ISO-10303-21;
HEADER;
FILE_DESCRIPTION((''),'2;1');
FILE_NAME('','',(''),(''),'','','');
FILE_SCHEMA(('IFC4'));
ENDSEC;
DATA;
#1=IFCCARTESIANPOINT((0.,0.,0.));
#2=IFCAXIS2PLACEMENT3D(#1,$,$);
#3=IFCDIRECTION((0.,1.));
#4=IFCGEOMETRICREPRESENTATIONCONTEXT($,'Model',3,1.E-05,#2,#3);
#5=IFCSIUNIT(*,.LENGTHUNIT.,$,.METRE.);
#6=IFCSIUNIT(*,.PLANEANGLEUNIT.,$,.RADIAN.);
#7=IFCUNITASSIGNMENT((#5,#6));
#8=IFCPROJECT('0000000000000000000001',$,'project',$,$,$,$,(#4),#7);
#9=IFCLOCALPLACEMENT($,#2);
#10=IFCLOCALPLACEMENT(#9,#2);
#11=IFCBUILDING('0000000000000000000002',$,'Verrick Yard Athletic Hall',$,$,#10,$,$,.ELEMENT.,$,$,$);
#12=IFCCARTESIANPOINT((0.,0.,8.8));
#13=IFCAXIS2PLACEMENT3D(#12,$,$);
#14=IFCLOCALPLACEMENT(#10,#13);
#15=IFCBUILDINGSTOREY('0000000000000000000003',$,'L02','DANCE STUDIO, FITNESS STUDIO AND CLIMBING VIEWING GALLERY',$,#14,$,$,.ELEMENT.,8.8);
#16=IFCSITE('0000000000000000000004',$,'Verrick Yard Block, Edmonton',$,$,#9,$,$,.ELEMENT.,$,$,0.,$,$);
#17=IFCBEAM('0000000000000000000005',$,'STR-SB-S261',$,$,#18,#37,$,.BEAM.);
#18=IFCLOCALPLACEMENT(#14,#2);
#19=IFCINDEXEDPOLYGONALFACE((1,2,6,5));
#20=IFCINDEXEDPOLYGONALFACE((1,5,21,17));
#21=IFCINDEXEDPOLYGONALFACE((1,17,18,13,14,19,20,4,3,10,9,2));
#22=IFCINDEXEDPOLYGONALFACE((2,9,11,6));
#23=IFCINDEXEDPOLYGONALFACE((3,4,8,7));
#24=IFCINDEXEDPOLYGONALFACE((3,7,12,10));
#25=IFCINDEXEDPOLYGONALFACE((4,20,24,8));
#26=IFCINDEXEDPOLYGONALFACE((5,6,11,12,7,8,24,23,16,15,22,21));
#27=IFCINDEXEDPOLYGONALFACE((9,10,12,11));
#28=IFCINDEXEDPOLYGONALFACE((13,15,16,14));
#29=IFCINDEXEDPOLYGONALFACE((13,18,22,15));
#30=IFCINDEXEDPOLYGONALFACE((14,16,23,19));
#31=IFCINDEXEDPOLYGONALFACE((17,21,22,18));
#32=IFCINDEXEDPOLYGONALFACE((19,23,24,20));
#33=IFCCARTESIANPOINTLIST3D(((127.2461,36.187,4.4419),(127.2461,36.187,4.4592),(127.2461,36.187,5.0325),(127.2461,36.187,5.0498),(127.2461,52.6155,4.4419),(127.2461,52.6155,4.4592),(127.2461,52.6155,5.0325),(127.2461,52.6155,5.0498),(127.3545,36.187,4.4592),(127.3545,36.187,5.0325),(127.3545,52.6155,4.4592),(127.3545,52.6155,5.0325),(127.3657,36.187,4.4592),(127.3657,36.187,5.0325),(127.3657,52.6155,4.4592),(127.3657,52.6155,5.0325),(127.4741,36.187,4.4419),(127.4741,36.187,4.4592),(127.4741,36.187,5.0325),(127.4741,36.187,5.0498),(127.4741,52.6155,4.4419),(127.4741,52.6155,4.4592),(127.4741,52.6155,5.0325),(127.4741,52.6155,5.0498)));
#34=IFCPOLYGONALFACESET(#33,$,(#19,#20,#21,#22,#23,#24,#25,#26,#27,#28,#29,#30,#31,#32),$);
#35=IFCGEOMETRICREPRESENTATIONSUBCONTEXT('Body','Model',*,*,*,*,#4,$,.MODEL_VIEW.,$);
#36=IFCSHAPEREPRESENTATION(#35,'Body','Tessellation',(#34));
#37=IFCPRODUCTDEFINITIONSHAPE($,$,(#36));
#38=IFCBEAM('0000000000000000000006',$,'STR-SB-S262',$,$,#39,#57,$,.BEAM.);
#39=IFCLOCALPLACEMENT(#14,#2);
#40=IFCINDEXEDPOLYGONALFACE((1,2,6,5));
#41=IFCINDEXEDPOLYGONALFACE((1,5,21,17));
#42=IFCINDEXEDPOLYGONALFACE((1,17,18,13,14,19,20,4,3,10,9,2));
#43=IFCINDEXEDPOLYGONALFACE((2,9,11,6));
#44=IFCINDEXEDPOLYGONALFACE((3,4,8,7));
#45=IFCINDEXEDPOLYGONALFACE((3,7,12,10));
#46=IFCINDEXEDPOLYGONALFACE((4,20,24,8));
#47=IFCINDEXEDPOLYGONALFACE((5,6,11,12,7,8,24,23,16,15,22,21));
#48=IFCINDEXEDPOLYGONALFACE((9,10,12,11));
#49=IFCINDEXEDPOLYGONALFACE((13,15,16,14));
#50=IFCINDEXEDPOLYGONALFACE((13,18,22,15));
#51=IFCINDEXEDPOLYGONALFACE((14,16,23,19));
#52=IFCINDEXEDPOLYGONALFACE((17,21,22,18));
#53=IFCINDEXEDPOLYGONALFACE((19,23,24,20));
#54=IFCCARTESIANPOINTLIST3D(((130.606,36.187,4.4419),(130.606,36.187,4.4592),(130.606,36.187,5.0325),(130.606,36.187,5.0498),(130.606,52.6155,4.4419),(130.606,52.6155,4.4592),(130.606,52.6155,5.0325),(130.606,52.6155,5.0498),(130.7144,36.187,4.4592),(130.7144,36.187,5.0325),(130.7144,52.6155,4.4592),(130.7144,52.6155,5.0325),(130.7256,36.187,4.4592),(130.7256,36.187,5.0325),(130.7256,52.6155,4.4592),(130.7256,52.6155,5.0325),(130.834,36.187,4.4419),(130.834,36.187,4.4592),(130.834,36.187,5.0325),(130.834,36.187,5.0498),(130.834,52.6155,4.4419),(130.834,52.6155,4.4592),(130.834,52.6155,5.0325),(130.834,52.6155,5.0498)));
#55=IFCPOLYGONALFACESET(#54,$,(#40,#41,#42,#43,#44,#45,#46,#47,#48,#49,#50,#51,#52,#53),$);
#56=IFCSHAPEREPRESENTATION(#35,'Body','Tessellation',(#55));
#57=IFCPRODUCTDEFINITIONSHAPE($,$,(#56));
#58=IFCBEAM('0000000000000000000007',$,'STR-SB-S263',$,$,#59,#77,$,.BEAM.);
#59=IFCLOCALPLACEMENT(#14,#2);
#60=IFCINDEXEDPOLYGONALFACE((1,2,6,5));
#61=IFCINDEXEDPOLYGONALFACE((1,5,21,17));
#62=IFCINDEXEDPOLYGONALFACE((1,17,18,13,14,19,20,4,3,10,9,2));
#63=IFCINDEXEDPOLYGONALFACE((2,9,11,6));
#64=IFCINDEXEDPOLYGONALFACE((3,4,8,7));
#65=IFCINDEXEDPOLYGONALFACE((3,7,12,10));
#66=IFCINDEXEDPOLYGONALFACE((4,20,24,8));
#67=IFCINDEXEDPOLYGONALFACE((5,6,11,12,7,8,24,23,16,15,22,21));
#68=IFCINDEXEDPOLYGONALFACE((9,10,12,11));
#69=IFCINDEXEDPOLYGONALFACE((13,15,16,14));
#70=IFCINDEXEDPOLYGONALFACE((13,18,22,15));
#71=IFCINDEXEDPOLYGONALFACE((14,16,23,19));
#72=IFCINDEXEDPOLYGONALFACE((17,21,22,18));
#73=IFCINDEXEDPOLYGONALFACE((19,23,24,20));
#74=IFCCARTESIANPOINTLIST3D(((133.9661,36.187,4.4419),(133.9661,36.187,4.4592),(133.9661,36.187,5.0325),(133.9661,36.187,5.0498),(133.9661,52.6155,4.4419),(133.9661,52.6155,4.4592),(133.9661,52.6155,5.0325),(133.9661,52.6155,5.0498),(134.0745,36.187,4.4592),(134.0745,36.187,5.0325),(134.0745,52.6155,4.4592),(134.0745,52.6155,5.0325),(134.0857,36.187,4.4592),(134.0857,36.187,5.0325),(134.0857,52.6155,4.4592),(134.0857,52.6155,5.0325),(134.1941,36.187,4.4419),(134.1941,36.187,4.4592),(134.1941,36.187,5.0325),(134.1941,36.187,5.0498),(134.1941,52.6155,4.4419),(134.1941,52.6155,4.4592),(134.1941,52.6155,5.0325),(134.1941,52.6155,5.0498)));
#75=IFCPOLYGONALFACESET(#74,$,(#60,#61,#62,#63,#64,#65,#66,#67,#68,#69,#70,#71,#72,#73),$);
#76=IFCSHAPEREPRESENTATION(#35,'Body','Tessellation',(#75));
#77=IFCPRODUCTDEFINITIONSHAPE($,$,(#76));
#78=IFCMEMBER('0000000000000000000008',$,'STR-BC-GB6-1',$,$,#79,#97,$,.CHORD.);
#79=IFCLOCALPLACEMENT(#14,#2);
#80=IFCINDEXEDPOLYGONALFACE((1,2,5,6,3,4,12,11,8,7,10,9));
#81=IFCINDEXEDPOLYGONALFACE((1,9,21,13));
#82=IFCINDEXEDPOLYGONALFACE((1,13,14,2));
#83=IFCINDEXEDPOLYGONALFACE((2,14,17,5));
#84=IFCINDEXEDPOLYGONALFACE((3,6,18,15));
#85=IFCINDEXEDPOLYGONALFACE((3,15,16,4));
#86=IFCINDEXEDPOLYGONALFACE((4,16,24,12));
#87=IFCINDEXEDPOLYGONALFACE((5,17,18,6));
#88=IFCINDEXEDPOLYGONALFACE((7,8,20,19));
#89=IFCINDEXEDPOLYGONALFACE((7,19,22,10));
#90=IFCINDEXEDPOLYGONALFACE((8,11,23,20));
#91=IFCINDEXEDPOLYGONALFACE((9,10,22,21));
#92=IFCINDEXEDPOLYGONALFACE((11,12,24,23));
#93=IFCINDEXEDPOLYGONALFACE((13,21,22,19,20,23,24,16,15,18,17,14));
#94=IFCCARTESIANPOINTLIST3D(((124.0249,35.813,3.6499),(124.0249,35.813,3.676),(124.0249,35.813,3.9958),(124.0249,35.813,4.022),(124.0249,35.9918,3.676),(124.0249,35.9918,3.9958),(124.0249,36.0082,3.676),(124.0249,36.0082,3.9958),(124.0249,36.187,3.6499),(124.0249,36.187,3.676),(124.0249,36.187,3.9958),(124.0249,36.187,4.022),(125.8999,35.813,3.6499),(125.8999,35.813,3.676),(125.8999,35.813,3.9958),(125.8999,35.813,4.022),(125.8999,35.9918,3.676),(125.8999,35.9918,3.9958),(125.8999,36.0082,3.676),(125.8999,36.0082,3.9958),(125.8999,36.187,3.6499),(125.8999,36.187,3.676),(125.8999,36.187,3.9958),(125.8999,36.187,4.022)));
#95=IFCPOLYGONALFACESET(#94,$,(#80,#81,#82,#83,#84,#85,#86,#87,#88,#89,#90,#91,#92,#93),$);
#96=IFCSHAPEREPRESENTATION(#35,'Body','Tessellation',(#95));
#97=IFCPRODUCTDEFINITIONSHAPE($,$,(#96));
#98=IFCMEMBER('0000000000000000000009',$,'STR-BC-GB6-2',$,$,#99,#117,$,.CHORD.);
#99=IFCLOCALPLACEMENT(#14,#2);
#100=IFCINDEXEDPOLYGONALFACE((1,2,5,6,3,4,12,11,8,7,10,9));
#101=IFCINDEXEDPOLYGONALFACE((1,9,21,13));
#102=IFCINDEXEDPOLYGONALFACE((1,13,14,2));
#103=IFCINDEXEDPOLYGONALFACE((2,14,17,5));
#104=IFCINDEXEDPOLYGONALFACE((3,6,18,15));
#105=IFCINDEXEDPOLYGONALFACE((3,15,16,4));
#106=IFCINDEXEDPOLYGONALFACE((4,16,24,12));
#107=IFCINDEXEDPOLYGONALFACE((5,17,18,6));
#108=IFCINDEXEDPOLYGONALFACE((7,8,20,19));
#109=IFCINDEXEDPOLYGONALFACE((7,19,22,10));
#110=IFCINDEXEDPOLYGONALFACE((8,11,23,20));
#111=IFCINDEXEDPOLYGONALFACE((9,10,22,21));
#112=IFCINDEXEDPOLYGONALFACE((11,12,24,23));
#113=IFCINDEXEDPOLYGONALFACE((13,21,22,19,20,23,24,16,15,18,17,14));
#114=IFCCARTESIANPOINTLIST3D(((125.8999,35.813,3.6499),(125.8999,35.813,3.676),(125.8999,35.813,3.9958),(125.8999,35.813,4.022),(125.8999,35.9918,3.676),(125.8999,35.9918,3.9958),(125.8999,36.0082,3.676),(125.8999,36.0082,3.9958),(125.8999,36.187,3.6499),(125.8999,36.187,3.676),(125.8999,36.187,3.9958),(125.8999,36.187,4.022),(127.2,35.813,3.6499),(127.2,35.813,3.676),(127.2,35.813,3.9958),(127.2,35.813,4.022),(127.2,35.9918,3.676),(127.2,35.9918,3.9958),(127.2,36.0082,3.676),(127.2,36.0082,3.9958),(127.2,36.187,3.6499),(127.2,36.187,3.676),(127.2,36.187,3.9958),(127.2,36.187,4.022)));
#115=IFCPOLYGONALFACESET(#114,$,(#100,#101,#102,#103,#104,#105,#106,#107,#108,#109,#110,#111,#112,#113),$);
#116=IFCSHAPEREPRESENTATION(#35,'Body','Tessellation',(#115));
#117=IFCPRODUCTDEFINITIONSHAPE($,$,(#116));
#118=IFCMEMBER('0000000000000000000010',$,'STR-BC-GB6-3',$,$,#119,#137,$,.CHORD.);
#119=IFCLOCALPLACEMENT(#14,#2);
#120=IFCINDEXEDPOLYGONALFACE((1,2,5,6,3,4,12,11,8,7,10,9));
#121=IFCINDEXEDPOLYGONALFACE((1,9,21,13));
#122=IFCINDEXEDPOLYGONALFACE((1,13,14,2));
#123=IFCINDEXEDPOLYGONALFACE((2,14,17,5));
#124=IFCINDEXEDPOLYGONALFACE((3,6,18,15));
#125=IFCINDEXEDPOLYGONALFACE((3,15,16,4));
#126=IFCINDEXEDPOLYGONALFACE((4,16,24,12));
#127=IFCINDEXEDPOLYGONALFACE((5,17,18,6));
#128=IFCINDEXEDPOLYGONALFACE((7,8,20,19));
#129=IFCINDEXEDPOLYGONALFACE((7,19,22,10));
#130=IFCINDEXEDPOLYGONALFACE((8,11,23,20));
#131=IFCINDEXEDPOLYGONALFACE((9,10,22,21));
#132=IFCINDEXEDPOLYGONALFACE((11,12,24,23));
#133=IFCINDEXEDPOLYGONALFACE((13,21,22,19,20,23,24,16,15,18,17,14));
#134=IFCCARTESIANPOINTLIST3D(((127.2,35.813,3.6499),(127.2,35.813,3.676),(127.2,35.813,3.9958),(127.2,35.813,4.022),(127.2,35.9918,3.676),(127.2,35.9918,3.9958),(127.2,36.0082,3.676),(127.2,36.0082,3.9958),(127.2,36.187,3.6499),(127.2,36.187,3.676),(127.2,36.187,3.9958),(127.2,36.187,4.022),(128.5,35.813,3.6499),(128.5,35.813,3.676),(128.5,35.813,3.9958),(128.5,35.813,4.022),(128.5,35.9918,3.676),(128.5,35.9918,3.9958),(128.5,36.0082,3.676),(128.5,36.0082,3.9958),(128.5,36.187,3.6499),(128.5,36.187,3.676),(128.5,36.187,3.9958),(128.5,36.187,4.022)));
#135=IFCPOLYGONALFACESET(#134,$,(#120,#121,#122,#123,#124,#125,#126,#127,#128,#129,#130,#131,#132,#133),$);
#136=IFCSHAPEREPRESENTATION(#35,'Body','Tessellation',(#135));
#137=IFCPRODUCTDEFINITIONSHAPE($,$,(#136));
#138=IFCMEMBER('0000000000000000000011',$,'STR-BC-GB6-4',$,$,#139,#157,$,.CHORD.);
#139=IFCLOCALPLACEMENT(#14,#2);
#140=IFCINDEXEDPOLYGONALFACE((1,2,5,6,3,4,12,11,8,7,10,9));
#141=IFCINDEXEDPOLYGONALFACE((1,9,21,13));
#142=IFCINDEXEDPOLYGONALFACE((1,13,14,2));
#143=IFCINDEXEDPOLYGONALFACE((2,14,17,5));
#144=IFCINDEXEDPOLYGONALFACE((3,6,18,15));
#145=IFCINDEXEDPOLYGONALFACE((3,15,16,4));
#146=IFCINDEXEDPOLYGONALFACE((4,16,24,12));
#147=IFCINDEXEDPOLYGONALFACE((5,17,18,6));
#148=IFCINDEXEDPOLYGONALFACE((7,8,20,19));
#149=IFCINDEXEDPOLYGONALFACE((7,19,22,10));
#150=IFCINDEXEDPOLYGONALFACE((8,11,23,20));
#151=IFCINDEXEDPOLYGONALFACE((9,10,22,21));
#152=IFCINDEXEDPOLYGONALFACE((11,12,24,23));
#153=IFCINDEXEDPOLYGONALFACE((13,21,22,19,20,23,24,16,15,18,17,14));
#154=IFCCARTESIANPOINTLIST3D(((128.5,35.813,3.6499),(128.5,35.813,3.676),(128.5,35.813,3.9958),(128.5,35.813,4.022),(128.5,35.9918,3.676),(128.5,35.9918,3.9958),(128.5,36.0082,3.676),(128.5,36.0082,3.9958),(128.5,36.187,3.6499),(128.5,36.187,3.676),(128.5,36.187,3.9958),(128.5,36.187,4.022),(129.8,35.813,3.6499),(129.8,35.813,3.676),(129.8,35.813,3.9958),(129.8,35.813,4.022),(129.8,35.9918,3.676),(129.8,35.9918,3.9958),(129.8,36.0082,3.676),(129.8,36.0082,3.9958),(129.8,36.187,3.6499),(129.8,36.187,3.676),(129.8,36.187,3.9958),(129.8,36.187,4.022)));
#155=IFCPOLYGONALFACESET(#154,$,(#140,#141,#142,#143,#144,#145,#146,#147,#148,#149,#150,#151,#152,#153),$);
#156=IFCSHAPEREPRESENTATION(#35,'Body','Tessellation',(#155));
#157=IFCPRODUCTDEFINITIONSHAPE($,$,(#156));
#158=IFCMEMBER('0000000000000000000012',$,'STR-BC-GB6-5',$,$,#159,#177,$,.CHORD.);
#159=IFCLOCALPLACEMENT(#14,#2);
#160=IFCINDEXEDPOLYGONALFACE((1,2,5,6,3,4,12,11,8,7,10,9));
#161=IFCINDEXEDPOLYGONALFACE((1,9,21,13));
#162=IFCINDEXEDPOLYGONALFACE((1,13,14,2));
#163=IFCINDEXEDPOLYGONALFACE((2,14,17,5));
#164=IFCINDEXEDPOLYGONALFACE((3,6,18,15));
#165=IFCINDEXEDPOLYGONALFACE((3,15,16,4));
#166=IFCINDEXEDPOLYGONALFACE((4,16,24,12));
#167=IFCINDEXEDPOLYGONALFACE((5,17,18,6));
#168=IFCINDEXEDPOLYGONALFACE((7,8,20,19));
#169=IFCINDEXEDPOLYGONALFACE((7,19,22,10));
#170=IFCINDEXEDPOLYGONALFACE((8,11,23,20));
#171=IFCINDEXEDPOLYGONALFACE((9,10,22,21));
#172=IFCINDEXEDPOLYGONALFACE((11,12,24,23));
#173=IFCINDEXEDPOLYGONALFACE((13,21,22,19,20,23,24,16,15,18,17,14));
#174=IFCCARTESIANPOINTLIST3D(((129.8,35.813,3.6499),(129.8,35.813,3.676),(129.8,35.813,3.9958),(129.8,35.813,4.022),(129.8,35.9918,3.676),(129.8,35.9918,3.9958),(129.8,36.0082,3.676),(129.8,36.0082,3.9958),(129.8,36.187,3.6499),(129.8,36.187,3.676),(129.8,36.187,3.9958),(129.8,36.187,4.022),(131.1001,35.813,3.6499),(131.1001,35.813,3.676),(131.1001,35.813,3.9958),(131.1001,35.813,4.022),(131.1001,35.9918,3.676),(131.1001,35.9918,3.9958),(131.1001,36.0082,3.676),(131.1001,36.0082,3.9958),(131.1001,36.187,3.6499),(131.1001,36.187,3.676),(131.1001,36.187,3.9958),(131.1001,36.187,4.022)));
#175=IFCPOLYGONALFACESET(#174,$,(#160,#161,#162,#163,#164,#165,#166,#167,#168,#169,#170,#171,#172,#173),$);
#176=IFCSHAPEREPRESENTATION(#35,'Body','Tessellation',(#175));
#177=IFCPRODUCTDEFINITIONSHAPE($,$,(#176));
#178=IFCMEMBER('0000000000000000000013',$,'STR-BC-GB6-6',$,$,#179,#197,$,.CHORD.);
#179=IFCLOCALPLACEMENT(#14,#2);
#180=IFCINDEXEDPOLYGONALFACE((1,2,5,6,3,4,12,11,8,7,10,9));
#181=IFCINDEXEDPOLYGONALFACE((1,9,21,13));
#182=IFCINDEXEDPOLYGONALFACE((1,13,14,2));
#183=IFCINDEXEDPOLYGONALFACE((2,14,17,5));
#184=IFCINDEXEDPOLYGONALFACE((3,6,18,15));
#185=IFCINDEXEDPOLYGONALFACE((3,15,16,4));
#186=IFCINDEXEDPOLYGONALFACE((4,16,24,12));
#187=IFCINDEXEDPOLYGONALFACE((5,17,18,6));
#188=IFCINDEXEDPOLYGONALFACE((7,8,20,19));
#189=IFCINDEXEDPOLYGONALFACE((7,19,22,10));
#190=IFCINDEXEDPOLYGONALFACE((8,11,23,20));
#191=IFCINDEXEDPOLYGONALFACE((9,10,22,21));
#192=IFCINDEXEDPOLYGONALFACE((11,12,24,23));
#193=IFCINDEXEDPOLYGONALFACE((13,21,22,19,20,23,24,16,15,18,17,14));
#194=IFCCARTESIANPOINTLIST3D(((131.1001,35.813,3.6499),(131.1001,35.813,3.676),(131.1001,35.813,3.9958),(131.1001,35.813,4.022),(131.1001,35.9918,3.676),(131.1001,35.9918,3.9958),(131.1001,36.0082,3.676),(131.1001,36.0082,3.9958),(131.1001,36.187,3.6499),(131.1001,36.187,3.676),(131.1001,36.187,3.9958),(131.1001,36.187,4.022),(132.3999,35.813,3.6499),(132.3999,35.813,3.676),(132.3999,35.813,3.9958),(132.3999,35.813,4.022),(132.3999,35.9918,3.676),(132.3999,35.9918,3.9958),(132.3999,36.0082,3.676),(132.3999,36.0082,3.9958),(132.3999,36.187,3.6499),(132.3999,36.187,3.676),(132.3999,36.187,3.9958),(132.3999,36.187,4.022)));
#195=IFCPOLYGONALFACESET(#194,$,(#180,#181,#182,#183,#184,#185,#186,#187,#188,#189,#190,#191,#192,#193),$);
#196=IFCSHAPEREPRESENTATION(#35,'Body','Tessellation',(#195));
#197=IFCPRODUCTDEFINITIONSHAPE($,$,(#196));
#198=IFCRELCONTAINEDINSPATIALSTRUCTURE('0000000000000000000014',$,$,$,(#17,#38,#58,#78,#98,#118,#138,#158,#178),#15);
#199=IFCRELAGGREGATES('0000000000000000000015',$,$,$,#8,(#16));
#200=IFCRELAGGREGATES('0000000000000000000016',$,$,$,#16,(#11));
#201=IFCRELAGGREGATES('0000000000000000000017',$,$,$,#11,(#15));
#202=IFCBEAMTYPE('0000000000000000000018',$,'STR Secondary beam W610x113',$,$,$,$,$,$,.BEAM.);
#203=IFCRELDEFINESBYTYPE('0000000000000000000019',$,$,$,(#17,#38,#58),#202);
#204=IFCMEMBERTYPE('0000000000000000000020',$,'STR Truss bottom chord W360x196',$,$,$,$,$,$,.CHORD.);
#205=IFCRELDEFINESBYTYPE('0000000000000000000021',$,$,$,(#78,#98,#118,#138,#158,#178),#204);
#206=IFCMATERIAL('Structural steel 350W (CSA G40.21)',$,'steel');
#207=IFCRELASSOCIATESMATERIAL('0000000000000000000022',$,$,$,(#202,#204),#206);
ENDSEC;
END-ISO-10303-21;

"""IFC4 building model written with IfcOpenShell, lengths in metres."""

from ifc_helpers import new_model, si_unit, direction, frame, origin, origin_2d, place, context, subcontext, project, spatial, i_section, extrude, material, material_profile, profile_set, type_object, element, save


model = new_model("IFC4")

# Units and contexts
model_context = context("Model", 3, precision=1e-05, world=origin(), true_north=direction((0.0, 1.0)))
body_context = subcontext(model_context, "Body", "Model", "MODEL_VIEW")
ifc_project = project(units=[si_unit("LENGTHUNIT", "METRE"), si_unit("PLANEANGLEUNIT", "RADIAN")], contexts=[model_context])

# Site, building, storey
site_placement = place(None, origin())
site = spatial("IfcSite", under=ifc_project, at=site_placement, Name="Verrick Yard Block, Edmonton", CompositionType="ELEMENT", RefElevation=0.0)
building_placement = place(site_placement, origin())
building = spatial("IfcBuilding", under=site, at=building_placement, Name="Verrick Yard Athletic Hall", CompositionType="ELEMENT")
storey_placement = place(building_placement, frame((0.0, 0.0, 8.8)))
storey = spatial("IfcBuildingStorey", under=building, at=storey_placement, Name="L02", Description="DANCE STUDIO, FITNESS STUDIO AND CLIMBING VIEWING GALLERY", CompositionType="ELEMENT", Elevation=8.8)

# Beams
ifc_material_1 = material(Name="Structural steel 350W (CSA G40.21)", Category="steel")
ifc_material_profile_1 = material_profile(ifc_material_1, i_section(OverallWidth=0.228, OverallDepth=0.6079, WebThickness=0.0112, FlangeThickness=0.0173, at=origin_2d()), Name="W610x113")
ifc_profile_set_1 = profile_set([ifc_material_profile_1], Name="Structural steel 350W (CSA G40.21)")
beam_type = type_object("IfcBeamType", Name="STR Secondary beam W610x113", PredefinedType="BEAM", material=ifc_profile_set_1)
for number, where, z_axis, x_axis, name in (
    (1, (127.3601, 36.187, 4.7458), (0.0, 1.0, 0.0), (-1.0, 0.0, 0.0), "STR-SB-S261"),
    (2, (130.72, 36.187, 4.7458), (0.0, 1.0, 0.0), (-1.0, 0.0, 0.0), "STR-SB-S262"),
    (3, (134.0801, 36.187, 4.7458), (0.0, 1.0, 0.0), (-1.0, 0.0, 0.0), "STR-SB-S263"),
):
    element("IfcBeam", number, at=place(storey_placement, frame(where, z_axis=z_axis, x_axis=x_axis)), inside=storey, type_object=beam_type, Name=name, PredefinedType="BEAM", context=body_context, shape_type="SweptSolid", body=[
        extrude(i_section(OverallWidth=0.228, OverallDepth=0.6079, WebThickness=0.0112, FlangeThickness=0.0173, at=origin_2d()), origin(), (0.0, 0.0, 1.0), 16.4285),
    ])

# Members
ifc_material_profile_2 = material_profile(ifc_material_1, i_section(OverallWidth=0.374, OverallDepth=0.3721, WebThickness=0.0164, FlangeThickness=0.0261, at=origin_2d()), Name="W360x196")
ifc_profile_set_2 = profile_set([ifc_material_profile_2], Name="Structural steel 350W (CSA G40.21)")
member_type_1 = type_object("IfcMemberType", Name="STR Truss bottom chord W360x196", PredefinedType="CHORD", material=ifc_profile_set_2)
member_1_placement = place(storey_placement, frame((124.0249, 36.0, 3.8359), z_axis=(1.0, 0.0, 0.0), x_axis=(0.0, 1.0, 0.0)))
element("IfcMember", 4, at=member_1_placement, inside=storey, type_object=member_type_1, Name="STR-BC-GB6-1", PredefinedType="CHORD", context=body_context, shape_type="SweptSolid", body=[
    extrude(i_section(OverallWidth=0.374, OverallDepth=0.3721, WebThickness=0.0164, FlangeThickness=0.0261, at=origin_2d()), origin(), (0.0, 0.0, 1.0), 1.875),
])
for number, where, z_axis, x_axis, name in (
    (5, (125.8999, 36.0, 3.8359), (1.0, 0.0, 0.0), (0.0, 1.0, 0.0), "STR-BC-GB6-2"),
    (6, (127.2, 36.0, 3.8359), (1.0, 0.0, 0.0), (0.0, 1.0, 0.0), "STR-BC-GB6-3"),
    (7, (128.5, 36.0, 3.8359), (1.0, 0.0, 0.0), (0.0, 1.0, 0.0), "STR-BC-GB6-4"),
    (8, (129.8, 36.0, 3.8359), (1.0, 0.0, 0.0), (0.0, 1.0, 0.0), "STR-BC-GB6-5"),
):
    element("IfcMember", number, at=place(storey_placement, frame(where, z_axis=z_axis, x_axis=x_axis)), inside=storey, type_object=member_type_1, Name=name, PredefinedType="CHORD", context=body_context, shape_type="SweptSolid", body=[
        extrude(i_section(OverallWidth=0.374, OverallDepth=0.3721, WebThickness=0.0164, FlangeThickness=0.0261, at=origin_2d()), origin(), (0.0, 0.0, 1.0), 1.3),
    ])
member_2_placement = place(storey_placement, frame((131.1001, 36.0, 3.8359), z_axis=(1.0, 0.0, 0.0), x_axis=(0.0, 1.0, 0.0)))
element("IfcMember", 9, at=member_2_placement, inside=storey, type_object=member_type_1, Name="STR-BC-GB6-6", PredefinedType="CHORD", context=body_context, shape_type="SweptSolid", body=[
    extrude(i_section(OverallWidth=0.374, OverallDepth=0.3721, WebThickness=0.0164, FlangeThickness=0.0261, at=origin_2d()), origin(), (0.0, 0.0, 1.0), 1.2998),
])

save(model, "model.ifc")
